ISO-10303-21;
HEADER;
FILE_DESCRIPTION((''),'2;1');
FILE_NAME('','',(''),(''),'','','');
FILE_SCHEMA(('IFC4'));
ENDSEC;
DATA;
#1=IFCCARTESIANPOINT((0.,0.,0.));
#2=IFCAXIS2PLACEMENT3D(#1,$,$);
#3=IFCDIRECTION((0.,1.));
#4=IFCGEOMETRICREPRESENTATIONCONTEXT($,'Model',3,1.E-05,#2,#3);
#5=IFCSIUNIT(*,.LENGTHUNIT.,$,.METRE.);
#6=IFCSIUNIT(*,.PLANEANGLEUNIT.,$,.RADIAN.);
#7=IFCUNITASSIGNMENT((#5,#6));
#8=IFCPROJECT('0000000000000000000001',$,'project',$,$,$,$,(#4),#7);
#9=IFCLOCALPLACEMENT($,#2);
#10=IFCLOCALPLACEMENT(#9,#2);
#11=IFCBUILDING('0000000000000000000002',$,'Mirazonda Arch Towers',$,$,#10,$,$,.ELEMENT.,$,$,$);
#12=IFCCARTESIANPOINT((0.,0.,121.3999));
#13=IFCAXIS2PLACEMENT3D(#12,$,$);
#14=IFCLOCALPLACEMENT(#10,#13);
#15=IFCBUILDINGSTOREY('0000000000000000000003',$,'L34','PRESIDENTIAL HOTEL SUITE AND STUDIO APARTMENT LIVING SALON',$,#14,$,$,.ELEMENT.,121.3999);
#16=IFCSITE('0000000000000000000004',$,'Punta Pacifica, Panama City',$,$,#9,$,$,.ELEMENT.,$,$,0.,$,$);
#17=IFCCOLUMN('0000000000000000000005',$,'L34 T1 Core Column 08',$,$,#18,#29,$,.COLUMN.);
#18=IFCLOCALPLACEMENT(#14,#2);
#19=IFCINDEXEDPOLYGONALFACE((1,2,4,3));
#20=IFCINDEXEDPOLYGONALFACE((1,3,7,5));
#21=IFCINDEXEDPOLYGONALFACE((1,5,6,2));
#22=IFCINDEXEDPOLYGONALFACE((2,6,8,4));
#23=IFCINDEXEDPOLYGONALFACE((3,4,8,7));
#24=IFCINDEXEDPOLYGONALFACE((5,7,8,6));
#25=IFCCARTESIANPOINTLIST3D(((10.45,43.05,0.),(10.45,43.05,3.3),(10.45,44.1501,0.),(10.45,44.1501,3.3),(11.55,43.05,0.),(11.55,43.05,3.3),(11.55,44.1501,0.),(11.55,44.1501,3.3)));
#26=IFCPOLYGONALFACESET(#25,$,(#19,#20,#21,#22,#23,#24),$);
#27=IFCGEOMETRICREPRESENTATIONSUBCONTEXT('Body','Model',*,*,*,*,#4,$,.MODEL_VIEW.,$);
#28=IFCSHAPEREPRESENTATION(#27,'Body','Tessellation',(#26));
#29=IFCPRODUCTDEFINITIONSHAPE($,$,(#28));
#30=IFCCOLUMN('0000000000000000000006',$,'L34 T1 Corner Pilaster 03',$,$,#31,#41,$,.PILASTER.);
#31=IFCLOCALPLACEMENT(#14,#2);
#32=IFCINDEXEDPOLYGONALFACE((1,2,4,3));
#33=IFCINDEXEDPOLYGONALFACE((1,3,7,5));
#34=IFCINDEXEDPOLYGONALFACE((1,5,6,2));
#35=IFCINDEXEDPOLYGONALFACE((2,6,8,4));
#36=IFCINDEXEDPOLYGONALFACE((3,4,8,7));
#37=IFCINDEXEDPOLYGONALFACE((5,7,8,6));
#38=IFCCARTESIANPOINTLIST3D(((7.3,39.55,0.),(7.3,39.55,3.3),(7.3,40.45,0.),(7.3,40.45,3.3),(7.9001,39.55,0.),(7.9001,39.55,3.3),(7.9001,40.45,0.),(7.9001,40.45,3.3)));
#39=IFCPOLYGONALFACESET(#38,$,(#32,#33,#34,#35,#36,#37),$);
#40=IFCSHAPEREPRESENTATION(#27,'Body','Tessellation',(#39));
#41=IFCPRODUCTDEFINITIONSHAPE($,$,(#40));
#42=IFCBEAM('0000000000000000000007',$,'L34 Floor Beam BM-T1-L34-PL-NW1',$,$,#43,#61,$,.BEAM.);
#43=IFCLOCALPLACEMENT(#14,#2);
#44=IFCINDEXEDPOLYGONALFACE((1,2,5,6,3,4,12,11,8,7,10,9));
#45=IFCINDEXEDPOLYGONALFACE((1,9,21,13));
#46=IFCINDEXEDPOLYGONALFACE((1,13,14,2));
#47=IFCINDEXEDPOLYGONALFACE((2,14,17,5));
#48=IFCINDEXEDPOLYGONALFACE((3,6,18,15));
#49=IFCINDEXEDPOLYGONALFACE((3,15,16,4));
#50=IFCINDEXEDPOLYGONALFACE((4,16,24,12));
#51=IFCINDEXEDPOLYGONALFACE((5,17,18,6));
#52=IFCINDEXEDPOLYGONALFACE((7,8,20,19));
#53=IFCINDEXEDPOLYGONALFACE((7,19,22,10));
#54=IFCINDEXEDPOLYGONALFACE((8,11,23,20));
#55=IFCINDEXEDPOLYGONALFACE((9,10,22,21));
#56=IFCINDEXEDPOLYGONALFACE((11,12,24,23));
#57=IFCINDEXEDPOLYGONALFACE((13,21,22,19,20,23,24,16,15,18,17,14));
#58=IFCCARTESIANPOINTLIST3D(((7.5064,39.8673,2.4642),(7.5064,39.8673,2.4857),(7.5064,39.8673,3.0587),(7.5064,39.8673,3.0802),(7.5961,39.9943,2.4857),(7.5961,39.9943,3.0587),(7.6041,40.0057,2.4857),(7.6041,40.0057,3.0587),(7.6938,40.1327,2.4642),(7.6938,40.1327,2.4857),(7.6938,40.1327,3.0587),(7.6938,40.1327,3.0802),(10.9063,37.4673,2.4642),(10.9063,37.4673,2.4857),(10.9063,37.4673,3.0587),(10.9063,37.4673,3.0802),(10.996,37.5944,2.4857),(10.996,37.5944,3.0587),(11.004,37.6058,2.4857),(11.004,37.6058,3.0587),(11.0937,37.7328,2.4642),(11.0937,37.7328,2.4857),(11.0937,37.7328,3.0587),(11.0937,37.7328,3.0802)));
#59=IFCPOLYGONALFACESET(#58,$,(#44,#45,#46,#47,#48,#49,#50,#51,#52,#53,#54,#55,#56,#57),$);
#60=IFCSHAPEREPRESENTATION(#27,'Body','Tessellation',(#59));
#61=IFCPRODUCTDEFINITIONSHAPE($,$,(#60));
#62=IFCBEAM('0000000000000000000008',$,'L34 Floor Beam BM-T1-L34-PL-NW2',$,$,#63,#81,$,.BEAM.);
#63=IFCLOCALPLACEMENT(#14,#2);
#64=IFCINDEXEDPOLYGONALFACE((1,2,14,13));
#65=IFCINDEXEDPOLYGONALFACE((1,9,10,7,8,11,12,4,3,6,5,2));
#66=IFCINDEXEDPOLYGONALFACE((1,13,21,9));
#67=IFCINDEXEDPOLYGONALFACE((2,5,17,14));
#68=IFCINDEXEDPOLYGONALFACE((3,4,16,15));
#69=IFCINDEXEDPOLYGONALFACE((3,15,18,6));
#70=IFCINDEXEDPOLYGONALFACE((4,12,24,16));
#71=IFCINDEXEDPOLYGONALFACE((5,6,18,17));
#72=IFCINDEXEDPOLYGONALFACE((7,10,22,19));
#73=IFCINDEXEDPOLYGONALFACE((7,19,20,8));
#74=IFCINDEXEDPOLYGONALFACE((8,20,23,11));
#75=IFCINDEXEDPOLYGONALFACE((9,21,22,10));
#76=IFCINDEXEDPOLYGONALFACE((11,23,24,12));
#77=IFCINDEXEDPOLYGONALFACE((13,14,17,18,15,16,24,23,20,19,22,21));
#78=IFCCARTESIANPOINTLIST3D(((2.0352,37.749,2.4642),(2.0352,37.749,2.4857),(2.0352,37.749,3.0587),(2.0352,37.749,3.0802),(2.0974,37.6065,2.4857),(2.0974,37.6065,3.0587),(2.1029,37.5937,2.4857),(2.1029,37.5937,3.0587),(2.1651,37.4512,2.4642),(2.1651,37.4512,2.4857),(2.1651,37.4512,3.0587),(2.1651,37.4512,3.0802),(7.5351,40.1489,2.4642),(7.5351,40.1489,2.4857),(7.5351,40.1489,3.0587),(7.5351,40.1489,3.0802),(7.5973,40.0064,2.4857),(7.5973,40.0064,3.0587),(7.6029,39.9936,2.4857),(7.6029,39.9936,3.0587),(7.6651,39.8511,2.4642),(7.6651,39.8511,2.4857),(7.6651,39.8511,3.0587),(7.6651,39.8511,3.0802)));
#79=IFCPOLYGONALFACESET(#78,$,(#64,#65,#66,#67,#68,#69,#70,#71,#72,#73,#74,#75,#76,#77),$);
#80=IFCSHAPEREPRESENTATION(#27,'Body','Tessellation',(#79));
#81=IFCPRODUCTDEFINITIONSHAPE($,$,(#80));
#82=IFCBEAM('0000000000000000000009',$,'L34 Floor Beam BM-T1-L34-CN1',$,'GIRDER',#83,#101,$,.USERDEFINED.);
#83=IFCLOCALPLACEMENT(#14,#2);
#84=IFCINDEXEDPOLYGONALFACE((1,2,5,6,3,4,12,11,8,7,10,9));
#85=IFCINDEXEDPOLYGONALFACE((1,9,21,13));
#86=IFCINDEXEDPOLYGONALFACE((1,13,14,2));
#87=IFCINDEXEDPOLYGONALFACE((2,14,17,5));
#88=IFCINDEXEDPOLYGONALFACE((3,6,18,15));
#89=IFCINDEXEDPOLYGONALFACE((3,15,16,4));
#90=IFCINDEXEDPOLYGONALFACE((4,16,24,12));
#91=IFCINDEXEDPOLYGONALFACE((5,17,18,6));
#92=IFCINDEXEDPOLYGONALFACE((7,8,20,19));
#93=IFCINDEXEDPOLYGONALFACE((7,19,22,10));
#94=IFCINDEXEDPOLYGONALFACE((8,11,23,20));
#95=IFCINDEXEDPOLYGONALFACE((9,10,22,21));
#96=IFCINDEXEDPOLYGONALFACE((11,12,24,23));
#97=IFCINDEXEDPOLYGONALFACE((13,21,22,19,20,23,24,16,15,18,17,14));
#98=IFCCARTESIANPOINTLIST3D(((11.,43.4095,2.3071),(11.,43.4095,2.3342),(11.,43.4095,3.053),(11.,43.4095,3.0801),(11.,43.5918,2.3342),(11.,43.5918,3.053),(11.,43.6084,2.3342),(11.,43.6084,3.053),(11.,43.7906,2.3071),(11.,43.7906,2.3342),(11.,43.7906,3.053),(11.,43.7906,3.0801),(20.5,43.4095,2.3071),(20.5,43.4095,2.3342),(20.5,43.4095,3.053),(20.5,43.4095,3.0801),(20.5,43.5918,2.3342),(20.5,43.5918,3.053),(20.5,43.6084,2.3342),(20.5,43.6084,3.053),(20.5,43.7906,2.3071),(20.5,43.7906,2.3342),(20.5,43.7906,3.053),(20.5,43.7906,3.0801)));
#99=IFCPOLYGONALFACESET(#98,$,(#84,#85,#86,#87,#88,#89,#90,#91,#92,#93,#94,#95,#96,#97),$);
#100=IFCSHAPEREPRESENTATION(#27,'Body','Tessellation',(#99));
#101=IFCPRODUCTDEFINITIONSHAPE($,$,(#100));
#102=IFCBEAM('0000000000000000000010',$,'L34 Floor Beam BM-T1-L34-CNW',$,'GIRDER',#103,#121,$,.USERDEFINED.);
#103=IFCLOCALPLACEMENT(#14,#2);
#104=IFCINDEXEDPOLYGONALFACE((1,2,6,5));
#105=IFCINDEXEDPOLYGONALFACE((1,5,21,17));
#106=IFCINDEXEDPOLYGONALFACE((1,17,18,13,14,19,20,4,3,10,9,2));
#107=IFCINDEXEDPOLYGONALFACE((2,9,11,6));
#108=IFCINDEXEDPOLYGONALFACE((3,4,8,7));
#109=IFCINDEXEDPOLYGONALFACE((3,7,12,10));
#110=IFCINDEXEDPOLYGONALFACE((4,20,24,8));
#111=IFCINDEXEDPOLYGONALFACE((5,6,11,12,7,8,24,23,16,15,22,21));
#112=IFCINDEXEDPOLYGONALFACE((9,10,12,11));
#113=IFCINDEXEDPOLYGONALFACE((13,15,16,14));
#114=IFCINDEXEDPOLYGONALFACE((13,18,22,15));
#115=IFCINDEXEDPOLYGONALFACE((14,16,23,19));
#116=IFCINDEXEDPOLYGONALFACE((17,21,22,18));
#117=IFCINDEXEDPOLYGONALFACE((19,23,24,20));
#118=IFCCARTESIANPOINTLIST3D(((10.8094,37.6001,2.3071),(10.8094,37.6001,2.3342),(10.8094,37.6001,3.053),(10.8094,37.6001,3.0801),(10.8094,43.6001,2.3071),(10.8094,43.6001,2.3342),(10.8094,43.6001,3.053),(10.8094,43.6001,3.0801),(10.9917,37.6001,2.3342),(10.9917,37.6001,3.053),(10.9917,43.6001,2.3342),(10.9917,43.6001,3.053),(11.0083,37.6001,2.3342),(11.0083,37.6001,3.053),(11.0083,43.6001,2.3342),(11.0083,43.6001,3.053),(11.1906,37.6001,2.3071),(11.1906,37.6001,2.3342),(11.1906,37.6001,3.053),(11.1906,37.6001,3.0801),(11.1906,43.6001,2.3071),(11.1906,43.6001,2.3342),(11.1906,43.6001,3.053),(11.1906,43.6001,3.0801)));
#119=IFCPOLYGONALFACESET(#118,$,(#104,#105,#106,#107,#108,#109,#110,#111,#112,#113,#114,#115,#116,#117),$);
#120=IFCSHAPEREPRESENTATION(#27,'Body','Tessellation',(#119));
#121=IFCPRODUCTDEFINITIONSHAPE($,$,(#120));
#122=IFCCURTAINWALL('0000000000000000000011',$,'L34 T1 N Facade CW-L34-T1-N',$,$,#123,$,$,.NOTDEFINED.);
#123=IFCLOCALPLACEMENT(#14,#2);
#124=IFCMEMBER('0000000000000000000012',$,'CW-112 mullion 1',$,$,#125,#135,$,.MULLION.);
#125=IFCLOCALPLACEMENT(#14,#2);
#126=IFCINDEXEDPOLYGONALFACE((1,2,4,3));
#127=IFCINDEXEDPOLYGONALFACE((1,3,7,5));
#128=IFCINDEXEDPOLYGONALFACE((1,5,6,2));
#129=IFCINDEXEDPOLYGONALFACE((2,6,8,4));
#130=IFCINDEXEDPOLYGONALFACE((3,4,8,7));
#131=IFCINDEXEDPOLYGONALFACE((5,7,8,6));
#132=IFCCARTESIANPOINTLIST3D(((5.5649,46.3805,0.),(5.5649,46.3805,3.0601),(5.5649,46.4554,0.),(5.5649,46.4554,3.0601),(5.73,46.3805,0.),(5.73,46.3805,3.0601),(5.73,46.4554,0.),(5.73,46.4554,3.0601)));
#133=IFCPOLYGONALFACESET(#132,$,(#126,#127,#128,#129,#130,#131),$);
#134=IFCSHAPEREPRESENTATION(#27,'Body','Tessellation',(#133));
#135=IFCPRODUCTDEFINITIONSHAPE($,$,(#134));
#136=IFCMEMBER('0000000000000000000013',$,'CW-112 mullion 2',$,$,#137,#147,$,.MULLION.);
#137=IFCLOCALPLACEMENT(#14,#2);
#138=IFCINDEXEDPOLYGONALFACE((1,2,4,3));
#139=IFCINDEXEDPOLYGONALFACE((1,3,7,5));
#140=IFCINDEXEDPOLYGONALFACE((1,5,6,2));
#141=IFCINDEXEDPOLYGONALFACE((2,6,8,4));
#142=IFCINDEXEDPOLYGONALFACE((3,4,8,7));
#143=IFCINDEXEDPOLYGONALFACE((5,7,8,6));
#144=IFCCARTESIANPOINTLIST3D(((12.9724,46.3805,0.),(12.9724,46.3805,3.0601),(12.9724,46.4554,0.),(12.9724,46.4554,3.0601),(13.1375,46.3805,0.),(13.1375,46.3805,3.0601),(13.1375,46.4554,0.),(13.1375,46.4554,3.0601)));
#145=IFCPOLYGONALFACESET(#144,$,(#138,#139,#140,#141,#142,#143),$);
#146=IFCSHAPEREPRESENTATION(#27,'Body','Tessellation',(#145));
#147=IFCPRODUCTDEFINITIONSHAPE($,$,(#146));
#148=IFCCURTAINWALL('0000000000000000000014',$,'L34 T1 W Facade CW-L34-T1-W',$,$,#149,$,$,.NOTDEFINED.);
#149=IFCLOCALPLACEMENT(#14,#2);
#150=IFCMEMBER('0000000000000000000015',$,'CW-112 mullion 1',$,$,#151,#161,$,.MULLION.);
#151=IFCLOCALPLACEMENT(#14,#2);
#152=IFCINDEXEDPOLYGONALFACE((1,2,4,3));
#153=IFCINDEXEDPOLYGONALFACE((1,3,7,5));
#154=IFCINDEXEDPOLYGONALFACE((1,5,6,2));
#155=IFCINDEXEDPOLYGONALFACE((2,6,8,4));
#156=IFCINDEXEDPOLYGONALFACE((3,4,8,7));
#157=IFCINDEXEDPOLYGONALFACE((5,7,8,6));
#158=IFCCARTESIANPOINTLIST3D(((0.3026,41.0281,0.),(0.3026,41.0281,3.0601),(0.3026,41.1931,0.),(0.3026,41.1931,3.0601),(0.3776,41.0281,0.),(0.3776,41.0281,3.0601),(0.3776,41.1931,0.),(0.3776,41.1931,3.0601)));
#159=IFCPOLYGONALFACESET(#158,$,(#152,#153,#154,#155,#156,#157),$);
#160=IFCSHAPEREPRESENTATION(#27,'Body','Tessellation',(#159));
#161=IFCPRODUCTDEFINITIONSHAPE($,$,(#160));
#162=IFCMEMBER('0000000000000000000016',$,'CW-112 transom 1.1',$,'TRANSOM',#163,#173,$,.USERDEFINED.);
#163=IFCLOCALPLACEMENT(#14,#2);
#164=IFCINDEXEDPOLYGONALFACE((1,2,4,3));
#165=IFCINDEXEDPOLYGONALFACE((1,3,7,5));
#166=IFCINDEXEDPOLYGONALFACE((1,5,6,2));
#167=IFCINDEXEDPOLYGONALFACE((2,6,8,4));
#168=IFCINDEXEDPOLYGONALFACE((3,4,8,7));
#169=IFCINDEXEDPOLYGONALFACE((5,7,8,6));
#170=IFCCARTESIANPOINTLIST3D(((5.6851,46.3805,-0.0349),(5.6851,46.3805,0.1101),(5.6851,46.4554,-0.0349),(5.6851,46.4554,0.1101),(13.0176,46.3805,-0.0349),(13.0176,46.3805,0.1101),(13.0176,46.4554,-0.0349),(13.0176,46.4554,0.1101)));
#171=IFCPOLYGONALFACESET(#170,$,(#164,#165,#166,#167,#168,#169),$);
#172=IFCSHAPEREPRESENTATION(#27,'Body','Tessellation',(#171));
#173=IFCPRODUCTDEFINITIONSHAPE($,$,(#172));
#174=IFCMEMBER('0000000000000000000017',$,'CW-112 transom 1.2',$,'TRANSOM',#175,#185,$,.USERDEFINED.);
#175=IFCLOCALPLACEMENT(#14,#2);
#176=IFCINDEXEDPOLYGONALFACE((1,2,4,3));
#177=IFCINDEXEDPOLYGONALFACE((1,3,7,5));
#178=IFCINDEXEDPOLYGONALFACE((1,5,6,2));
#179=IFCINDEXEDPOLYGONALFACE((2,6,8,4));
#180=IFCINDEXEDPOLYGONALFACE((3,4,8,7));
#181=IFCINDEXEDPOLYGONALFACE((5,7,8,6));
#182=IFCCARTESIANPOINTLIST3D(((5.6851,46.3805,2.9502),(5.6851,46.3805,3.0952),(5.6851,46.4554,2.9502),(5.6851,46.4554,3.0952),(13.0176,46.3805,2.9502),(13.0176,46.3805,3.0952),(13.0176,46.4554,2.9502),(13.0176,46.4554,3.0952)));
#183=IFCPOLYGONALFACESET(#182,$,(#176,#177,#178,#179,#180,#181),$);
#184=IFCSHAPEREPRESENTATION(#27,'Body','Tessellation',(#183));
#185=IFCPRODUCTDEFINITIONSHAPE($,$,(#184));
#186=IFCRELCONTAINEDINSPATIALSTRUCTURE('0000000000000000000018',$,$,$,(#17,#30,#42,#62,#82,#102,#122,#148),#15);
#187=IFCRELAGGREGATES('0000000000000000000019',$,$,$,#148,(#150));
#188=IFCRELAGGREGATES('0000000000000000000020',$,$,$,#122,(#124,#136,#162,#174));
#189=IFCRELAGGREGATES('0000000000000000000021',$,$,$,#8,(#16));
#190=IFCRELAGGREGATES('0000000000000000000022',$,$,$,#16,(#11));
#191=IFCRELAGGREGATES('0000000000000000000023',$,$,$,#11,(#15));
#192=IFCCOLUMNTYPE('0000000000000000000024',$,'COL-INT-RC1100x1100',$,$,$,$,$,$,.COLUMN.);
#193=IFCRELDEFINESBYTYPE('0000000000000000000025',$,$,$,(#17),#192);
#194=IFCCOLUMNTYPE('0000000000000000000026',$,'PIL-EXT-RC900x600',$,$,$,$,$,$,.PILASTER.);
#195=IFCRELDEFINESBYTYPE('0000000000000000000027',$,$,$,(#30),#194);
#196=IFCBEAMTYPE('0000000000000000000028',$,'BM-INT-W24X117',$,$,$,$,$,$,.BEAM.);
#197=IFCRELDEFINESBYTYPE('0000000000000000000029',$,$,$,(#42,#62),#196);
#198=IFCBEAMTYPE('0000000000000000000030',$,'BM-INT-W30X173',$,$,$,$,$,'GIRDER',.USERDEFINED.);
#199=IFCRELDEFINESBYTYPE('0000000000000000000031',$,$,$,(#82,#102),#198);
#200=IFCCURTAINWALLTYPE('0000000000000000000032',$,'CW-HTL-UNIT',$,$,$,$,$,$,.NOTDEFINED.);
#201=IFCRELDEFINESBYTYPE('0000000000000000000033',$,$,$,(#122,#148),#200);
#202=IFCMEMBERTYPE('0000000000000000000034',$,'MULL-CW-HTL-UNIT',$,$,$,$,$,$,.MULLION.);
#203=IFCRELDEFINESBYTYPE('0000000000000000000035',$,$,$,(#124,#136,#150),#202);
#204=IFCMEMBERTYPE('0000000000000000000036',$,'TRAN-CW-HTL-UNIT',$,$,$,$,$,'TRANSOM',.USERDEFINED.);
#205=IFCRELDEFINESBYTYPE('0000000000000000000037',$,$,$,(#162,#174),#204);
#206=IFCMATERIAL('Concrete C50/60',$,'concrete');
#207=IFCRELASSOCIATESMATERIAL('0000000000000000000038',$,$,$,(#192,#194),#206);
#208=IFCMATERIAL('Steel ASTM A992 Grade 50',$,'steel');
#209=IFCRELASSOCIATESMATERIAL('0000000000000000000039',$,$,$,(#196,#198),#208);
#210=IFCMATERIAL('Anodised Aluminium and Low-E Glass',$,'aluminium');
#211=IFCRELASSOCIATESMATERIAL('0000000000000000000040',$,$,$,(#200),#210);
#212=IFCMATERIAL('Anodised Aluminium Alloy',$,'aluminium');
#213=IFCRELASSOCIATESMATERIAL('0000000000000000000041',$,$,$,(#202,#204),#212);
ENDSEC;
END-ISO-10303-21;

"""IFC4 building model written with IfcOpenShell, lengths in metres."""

from ifc_helpers import new_model, si_unit, direction, frame, origin, origin_2d, place, context, subcontext, project, spatial, rectangle, i_section, extrude, material, material_profile, profile_set, type_object, element, aggregate, save


model = new_model("IFC4")

# Units and contexts
model_context = context("Model", 3, precision=1e-05, world=origin(), true_north=direction((0.0, 1.0)))
body_context = subcontext(model_context, "Body", "Model", "MODEL_VIEW")
ifc_project = project(units=[si_unit("LENGTHUNIT", "METRE"), si_unit("PLANEANGLEUNIT", "RADIAN")], contexts=[model_context])

# Site, building, storey
site_placement = place(None, origin())
site = spatial("IfcSite", under=ifc_project, at=site_placement, Name="Punta Pacifica, Panama City", CompositionType="ELEMENT", RefElevation=0.0)
building_placement = place(site_placement, origin())
building = spatial("IfcBuilding", under=site, at=building_placement, Name="Mirazonda Arch Towers", CompositionType="ELEMENT")
storey_placement = place(building_placement, frame((0.0, 0.0, 121.3999)))
storey = spatial("IfcBuildingStorey", under=building, at=storey_placement, Name="L34", Description="PRESIDENTIAL HOTEL SUITE AND STUDIO APARTMENT LIVING SALON", CompositionType="ELEMENT", Elevation=121.3999)

# Columns
ifc_material_1 = material(Name="Concrete C50/60", Category="concrete")
ifc_material_profile_1 = material_profile(ifc_material_1, rectangle(XDim=1.1001, YDim=1.1001, at=origin_2d()), Name="RC1100x1100")
ifc_profile_set_1 = profile_set([ifc_material_profile_1], Name="Concrete C50/60")
column_type_1 = type_object("IfcColumnType", Name="COL-INT-RC1100x1100", PredefinedType="COLUMN", material=ifc_profile_set_1)
column_1_placement = place(storey_placement, frame((11.0, 43.6001, 0.0), z_axis=(0.0, 0.0, 1.0), x_axis=(1.0, 0.0, 0.0)))
element("IfcColumn", 1, at=column_1_placement, inside=storey, type_object=column_type_1, Name="L34 T1 Core Column 08", PredefinedType="COLUMN", context=body_context, shape_type="SweptSolid", body=[
    extrude(rectangle(XDim=1.1001, YDim=1.1001, at=origin_2d()), origin(), (0.0, 0.0, 1.0), 3.3),
])
ifc_material_profile_2 = material_profile(ifc_material_1, rectangle(XDim=0.6001, YDim=0.8999, at=origin_2d()), Name="RC900x600")
ifc_profile_set_2 = profile_set([ifc_material_profile_2], Name="Concrete C50/60")
column_type_2 = type_object("IfcColumnType", Name="PIL-EXT-RC900x600", PredefinedType="PILASTER", material=ifc_profile_set_2)
column_2_placement = place(storey_placement, frame((7.6001, 40.0, 0.0), z_axis=(0.0, 0.0, 1.0), x_axis=(1.0, 0.0, 0.0)))
element("IfcColumn", 2, at=column_2_placement, inside=storey, type_object=column_type_2, Name="L34 T1 Corner Pilaster 03", PredefinedType="PILASTER", context=body_context, shape_type="SweptSolid", body=[
    extrude(rectangle(XDim=0.6001, YDim=0.8999, at=origin_2d()), origin(), (0.0, 0.0, 1.0), 3.3),
])

# Beams
ifc_material_2 = material(Name="Steel ASTM A992 Grade 50", Category="steel")
ifc_material_profile_3 = material_profile(ifc_material_2, i_section(OverallWidth=0.325, OverallDepth=0.616, WebThickness=0.0139, FlangeThickness=0.0215, at=origin_2d()), Name="W24X117")
ifc_profile_set_3 = profile_set([ifc_material_profile_3], Name="Steel ASTM A992 Grade 50")
beam_type_1 = type_object("IfcBeamType", Name="BM-INT-W24X117", PredefinedType="BEAM", material=ifc_profile_set_3)
beam_1_placement = place(storey_placement, frame((7.6001, 40.0, 2.7722), z_axis=(0.816971, -0.576679, 0.0), x_axis=(0.576679, 0.816971, 0.0)))
element("IfcBeam", 3, at=beam_1_placement, inside=storey, type_object=beam_type_1, Name="L34 Floor Beam BM-T1-L34-PL-NW1", PredefinedType="BEAM", context=body_context, shape_type="SweptSolid", body=[
    extrude(i_section(OverallWidth=0.325, OverallDepth=0.616, WebThickness=0.0139, FlangeThickness=0.0215, at=origin_2d()), origin(), (0.0, 0.0, 1.0), 4.1616),
])
beam_2_placement = place(storey_placement, frame((7.6001, 40.0, 2.7722), z_axis=(-0.916545, -0.399931, 0.0), x_axis=(0.399931, -0.916545, 0.0)))
element("IfcBeam", 4, at=beam_2_placement, inside=storey, type_object=beam_type_1, Name="L34 Floor Beam BM-T1-L34-PL-NW2", PredefinedType="BEAM", context=body_context, shape_type="SweptSolid", body=[
    extrude(i_section(OverallWidth=0.325, OverallDepth=0.616, WebThickness=0.0139, FlangeThickness=0.0215, at=origin_2d()), origin(), (0.0, 0.0, 1.0), 6.0007),
])
ifc_material_profile_4 = material_profile(ifc_material_2, i_section(OverallWidth=0.3811, OverallDepth=0.7729, WebThickness=0.0166, FlangeThickness=0.0271, at=origin_2d()), Name="W30X173")
ifc_profile_set_4 = profile_set([ifc_material_profile_4], Name="Steel ASTM A992 Grade 50")
beam_type_2 = type_object("IfcBeamType", Name="BM-INT-W30X173", ElementType="GIRDER", PredefinedType="USERDEFINED", material=ifc_profile_set_4)
beam_3_placement = place(storey_placement, frame((11.0, 43.6001, 2.6936), z_axis=(1.0, 0.0, 0.0), x_axis=(0.0, 1.0, 0.0)))
element("IfcBeam", 5, at=beam_3_placement, inside=storey, type_object=beam_type_2, Name="L34 Floor Beam BM-T1-L34-CN1", ObjectType="GIRDER", PredefinedType="USERDEFINED", context=body_context, shape_type="SweptSolid", body=[
    extrude(i_section(OverallWidth=0.3811, OverallDepth=0.7729, WebThickness=0.0166, FlangeThickness=0.0271, at=origin_2d()), origin(), (0.0, 0.0, 1.0), 9.5),
])
beam_4_placement = place(storey_placement, frame((11.0, 37.6001, 2.6936), z_axis=(0.0, 1.0, 0.0), x_axis=(-1.0, 0.0, 0.0)))
element("IfcBeam", 6, at=beam_4_placement, inside=storey, type_object=beam_type_2, Name="L34 Floor Beam BM-T1-L34-CNW", ObjectType="GIRDER", PredefinedType="USERDEFINED", context=body_context, shape_type="SweptSolid", body=[
    extrude(i_section(OverallWidth=0.3811, OverallDepth=0.7729, WebThickness=0.0166, FlangeThickness=0.0271, at=origin_2d()), origin(), (0.0, 0.0, 1.0), 6.0),
])

# Curtain wall, members
ifc_material_3 = material(Name="Anodised Aluminium and Low-E Glass", Category="aluminium")
curtain_wall_type = type_object("IfcCurtainWallType", Name="CW-HTL-UNIT", PredefinedType="NOTDEFINED", material=ifc_material_3)
curtain_wall_1_placement = place(storey_placement, origin())
curtain_wall_1 = element("IfcCurtainWall", 7, at=curtain_wall_1_placement, inside=storey, type_object=curtain_wall_type, Name="L34 T1 N Facade CW-L34-T1-N", PredefinedType="NOTDEFINED")
ifc_material_4 = material(Name="Anodised Aluminium Alloy", Category="aluminium")
ifc_material_profile_5 = material_profile(ifc_material_4, rectangle(XDim=0.075, YDim=0.165, at=origin_2d()), Name="ALU-MULL-75x165")
ifc_profile_set_5 = profile_set([ifc_material_profile_5], Name="Anodised Aluminium Alloy")
member_type_1 = type_object("IfcMemberType", Name="MULL-CW-HTL-UNIT", PredefinedType="MULLION", material=ifc_profile_set_5)
member_1_placement = place(storey_placement, frame((5.6475, 46.418, 0.0), z_axis=(0.0, 0.0, 1.0), x_axis=(0.0, 1.0, 0.0)))
member_1 = element("IfcMember", 8, at=member_1_placement, type_object=member_type_1, Name="CW-112 mullion 1", PredefinedType="MULLION", context=body_context, shape_type="SweptSolid", body=[
    extrude(rectangle(XDim=0.075, YDim=0.165, at=origin_2d()), origin(), (0.0, 0.0, 1.0), 3.0601),
])
member_2_placement = place(storey_placement, frame((13.0549, 46.418, 0.0), z_axis=(0.0, 0.0, 1.0), x_axis=(0.0, 1.0, 0.0)))
member_2 = element("IfcMember", 9, at=member_2_placement, type_object=member_type_1, Name="CW-112 mullion 2", PredefinedType="MULLION", context=body_context, shape_type="SweptSolid", body=[
    extrude(rectangle(XDim=0.075, YDim=0.165, at=origin_2d()), origin(), (0.0, 0.0, 1.0), 3.0601),
])

# Curtain wall, member
curtain_wall_2_placement = place(storey_placement, origin())
curtain_wall_2 = element("IfcCurtainWall", 10, at=curtain_wall_2_placement, inside=storey, type_object=curtain_wall_type, Name="L34 T1 W Facade CW-L34-T1-W", PredefinedType="NOTDEFINED")
member_3_placement = place(storey_placement, frame((0.3401, 41.1106, 0.0), z_axis=(0.0, 0.0, 1.0), x_axis=(1.0, 0.0, 0.0)))
member_3 = element("IfcMember", 11, at=member_3_placement, type_object=member_type_1, Name="CW-112 mullion 1", PredefinedType="MULLION", context=body_context, shape_type="SweptSolid", body=[
    extrude(rectangle(XDim=0.075, YDim=0.165, at=origin_2d()), origin(), (0.0, 0.0, 1.0), 3.0601),
])

# Members
ifc_material_profile_6 = material_profile(ifc_material_4, rectangle(XDim=0.075, YDim=0.145, at=origin_2d()), Name="ALU-TRAN-75x145")
ifc_profile_set_6 = profile_set([ifc_material_profile_6], Name="Anodised Aluminium Alloy")
member_type_2 = type_object("IfcMemberType", Name="TRAN-CW-HTL-UNIT", ElementType="TRANSOM", PredefinedType="USERDEFINED", material=ifc_profile_set_6)
member_4_placement = place(storey_placement, frame((5.6851, 46.418, 0.0376), z_axis=(1.0, 0.0, 0.0), x_axis=(0.0, 1.0, 0.0)))
member_4 = element("IfcMember", 12, at=member_4_placement, type_object=member_type_2, Name="CW-112 transom 1.1", ObjectType="TRANSOM", PredefinedType="USERDEFINED", context=body_context, shape_type="SweptSolid", body=[
    extrude(rectangle(XDim=0.075, YDim=0.145, at=origin_2d()), origin(), (0.0, 0.0, 1.0), 7.3325),
])
member_5_placement = place(storey_placement, frame((5.6851, 46.418, 3.0227), z_axis=(1.0, 0.0, 0.0), x_axis=(0.0, 1.0, 0.0)))
member_5 = element("IfcMember", 13, at=member_5_placement, type_object=member_type_2, Name="CW-112 transom 1.2", ObjectType="TRANSOM", PredefinedType="USERDEFINED", context=body_context, shape_type="SweptSolid", body=[
    extrude(rectangle(XDim=0.075, YDim=0.145, at=origin_2d()), origin(), (0.0, 0.0, 1.0), 7.3325),
])
aggregate(curtain_wall_2, [member_3])

aggregate(curtain_wall_1, [member_1, member_2, member_4, member_5])

save(model, "model.ifc")
